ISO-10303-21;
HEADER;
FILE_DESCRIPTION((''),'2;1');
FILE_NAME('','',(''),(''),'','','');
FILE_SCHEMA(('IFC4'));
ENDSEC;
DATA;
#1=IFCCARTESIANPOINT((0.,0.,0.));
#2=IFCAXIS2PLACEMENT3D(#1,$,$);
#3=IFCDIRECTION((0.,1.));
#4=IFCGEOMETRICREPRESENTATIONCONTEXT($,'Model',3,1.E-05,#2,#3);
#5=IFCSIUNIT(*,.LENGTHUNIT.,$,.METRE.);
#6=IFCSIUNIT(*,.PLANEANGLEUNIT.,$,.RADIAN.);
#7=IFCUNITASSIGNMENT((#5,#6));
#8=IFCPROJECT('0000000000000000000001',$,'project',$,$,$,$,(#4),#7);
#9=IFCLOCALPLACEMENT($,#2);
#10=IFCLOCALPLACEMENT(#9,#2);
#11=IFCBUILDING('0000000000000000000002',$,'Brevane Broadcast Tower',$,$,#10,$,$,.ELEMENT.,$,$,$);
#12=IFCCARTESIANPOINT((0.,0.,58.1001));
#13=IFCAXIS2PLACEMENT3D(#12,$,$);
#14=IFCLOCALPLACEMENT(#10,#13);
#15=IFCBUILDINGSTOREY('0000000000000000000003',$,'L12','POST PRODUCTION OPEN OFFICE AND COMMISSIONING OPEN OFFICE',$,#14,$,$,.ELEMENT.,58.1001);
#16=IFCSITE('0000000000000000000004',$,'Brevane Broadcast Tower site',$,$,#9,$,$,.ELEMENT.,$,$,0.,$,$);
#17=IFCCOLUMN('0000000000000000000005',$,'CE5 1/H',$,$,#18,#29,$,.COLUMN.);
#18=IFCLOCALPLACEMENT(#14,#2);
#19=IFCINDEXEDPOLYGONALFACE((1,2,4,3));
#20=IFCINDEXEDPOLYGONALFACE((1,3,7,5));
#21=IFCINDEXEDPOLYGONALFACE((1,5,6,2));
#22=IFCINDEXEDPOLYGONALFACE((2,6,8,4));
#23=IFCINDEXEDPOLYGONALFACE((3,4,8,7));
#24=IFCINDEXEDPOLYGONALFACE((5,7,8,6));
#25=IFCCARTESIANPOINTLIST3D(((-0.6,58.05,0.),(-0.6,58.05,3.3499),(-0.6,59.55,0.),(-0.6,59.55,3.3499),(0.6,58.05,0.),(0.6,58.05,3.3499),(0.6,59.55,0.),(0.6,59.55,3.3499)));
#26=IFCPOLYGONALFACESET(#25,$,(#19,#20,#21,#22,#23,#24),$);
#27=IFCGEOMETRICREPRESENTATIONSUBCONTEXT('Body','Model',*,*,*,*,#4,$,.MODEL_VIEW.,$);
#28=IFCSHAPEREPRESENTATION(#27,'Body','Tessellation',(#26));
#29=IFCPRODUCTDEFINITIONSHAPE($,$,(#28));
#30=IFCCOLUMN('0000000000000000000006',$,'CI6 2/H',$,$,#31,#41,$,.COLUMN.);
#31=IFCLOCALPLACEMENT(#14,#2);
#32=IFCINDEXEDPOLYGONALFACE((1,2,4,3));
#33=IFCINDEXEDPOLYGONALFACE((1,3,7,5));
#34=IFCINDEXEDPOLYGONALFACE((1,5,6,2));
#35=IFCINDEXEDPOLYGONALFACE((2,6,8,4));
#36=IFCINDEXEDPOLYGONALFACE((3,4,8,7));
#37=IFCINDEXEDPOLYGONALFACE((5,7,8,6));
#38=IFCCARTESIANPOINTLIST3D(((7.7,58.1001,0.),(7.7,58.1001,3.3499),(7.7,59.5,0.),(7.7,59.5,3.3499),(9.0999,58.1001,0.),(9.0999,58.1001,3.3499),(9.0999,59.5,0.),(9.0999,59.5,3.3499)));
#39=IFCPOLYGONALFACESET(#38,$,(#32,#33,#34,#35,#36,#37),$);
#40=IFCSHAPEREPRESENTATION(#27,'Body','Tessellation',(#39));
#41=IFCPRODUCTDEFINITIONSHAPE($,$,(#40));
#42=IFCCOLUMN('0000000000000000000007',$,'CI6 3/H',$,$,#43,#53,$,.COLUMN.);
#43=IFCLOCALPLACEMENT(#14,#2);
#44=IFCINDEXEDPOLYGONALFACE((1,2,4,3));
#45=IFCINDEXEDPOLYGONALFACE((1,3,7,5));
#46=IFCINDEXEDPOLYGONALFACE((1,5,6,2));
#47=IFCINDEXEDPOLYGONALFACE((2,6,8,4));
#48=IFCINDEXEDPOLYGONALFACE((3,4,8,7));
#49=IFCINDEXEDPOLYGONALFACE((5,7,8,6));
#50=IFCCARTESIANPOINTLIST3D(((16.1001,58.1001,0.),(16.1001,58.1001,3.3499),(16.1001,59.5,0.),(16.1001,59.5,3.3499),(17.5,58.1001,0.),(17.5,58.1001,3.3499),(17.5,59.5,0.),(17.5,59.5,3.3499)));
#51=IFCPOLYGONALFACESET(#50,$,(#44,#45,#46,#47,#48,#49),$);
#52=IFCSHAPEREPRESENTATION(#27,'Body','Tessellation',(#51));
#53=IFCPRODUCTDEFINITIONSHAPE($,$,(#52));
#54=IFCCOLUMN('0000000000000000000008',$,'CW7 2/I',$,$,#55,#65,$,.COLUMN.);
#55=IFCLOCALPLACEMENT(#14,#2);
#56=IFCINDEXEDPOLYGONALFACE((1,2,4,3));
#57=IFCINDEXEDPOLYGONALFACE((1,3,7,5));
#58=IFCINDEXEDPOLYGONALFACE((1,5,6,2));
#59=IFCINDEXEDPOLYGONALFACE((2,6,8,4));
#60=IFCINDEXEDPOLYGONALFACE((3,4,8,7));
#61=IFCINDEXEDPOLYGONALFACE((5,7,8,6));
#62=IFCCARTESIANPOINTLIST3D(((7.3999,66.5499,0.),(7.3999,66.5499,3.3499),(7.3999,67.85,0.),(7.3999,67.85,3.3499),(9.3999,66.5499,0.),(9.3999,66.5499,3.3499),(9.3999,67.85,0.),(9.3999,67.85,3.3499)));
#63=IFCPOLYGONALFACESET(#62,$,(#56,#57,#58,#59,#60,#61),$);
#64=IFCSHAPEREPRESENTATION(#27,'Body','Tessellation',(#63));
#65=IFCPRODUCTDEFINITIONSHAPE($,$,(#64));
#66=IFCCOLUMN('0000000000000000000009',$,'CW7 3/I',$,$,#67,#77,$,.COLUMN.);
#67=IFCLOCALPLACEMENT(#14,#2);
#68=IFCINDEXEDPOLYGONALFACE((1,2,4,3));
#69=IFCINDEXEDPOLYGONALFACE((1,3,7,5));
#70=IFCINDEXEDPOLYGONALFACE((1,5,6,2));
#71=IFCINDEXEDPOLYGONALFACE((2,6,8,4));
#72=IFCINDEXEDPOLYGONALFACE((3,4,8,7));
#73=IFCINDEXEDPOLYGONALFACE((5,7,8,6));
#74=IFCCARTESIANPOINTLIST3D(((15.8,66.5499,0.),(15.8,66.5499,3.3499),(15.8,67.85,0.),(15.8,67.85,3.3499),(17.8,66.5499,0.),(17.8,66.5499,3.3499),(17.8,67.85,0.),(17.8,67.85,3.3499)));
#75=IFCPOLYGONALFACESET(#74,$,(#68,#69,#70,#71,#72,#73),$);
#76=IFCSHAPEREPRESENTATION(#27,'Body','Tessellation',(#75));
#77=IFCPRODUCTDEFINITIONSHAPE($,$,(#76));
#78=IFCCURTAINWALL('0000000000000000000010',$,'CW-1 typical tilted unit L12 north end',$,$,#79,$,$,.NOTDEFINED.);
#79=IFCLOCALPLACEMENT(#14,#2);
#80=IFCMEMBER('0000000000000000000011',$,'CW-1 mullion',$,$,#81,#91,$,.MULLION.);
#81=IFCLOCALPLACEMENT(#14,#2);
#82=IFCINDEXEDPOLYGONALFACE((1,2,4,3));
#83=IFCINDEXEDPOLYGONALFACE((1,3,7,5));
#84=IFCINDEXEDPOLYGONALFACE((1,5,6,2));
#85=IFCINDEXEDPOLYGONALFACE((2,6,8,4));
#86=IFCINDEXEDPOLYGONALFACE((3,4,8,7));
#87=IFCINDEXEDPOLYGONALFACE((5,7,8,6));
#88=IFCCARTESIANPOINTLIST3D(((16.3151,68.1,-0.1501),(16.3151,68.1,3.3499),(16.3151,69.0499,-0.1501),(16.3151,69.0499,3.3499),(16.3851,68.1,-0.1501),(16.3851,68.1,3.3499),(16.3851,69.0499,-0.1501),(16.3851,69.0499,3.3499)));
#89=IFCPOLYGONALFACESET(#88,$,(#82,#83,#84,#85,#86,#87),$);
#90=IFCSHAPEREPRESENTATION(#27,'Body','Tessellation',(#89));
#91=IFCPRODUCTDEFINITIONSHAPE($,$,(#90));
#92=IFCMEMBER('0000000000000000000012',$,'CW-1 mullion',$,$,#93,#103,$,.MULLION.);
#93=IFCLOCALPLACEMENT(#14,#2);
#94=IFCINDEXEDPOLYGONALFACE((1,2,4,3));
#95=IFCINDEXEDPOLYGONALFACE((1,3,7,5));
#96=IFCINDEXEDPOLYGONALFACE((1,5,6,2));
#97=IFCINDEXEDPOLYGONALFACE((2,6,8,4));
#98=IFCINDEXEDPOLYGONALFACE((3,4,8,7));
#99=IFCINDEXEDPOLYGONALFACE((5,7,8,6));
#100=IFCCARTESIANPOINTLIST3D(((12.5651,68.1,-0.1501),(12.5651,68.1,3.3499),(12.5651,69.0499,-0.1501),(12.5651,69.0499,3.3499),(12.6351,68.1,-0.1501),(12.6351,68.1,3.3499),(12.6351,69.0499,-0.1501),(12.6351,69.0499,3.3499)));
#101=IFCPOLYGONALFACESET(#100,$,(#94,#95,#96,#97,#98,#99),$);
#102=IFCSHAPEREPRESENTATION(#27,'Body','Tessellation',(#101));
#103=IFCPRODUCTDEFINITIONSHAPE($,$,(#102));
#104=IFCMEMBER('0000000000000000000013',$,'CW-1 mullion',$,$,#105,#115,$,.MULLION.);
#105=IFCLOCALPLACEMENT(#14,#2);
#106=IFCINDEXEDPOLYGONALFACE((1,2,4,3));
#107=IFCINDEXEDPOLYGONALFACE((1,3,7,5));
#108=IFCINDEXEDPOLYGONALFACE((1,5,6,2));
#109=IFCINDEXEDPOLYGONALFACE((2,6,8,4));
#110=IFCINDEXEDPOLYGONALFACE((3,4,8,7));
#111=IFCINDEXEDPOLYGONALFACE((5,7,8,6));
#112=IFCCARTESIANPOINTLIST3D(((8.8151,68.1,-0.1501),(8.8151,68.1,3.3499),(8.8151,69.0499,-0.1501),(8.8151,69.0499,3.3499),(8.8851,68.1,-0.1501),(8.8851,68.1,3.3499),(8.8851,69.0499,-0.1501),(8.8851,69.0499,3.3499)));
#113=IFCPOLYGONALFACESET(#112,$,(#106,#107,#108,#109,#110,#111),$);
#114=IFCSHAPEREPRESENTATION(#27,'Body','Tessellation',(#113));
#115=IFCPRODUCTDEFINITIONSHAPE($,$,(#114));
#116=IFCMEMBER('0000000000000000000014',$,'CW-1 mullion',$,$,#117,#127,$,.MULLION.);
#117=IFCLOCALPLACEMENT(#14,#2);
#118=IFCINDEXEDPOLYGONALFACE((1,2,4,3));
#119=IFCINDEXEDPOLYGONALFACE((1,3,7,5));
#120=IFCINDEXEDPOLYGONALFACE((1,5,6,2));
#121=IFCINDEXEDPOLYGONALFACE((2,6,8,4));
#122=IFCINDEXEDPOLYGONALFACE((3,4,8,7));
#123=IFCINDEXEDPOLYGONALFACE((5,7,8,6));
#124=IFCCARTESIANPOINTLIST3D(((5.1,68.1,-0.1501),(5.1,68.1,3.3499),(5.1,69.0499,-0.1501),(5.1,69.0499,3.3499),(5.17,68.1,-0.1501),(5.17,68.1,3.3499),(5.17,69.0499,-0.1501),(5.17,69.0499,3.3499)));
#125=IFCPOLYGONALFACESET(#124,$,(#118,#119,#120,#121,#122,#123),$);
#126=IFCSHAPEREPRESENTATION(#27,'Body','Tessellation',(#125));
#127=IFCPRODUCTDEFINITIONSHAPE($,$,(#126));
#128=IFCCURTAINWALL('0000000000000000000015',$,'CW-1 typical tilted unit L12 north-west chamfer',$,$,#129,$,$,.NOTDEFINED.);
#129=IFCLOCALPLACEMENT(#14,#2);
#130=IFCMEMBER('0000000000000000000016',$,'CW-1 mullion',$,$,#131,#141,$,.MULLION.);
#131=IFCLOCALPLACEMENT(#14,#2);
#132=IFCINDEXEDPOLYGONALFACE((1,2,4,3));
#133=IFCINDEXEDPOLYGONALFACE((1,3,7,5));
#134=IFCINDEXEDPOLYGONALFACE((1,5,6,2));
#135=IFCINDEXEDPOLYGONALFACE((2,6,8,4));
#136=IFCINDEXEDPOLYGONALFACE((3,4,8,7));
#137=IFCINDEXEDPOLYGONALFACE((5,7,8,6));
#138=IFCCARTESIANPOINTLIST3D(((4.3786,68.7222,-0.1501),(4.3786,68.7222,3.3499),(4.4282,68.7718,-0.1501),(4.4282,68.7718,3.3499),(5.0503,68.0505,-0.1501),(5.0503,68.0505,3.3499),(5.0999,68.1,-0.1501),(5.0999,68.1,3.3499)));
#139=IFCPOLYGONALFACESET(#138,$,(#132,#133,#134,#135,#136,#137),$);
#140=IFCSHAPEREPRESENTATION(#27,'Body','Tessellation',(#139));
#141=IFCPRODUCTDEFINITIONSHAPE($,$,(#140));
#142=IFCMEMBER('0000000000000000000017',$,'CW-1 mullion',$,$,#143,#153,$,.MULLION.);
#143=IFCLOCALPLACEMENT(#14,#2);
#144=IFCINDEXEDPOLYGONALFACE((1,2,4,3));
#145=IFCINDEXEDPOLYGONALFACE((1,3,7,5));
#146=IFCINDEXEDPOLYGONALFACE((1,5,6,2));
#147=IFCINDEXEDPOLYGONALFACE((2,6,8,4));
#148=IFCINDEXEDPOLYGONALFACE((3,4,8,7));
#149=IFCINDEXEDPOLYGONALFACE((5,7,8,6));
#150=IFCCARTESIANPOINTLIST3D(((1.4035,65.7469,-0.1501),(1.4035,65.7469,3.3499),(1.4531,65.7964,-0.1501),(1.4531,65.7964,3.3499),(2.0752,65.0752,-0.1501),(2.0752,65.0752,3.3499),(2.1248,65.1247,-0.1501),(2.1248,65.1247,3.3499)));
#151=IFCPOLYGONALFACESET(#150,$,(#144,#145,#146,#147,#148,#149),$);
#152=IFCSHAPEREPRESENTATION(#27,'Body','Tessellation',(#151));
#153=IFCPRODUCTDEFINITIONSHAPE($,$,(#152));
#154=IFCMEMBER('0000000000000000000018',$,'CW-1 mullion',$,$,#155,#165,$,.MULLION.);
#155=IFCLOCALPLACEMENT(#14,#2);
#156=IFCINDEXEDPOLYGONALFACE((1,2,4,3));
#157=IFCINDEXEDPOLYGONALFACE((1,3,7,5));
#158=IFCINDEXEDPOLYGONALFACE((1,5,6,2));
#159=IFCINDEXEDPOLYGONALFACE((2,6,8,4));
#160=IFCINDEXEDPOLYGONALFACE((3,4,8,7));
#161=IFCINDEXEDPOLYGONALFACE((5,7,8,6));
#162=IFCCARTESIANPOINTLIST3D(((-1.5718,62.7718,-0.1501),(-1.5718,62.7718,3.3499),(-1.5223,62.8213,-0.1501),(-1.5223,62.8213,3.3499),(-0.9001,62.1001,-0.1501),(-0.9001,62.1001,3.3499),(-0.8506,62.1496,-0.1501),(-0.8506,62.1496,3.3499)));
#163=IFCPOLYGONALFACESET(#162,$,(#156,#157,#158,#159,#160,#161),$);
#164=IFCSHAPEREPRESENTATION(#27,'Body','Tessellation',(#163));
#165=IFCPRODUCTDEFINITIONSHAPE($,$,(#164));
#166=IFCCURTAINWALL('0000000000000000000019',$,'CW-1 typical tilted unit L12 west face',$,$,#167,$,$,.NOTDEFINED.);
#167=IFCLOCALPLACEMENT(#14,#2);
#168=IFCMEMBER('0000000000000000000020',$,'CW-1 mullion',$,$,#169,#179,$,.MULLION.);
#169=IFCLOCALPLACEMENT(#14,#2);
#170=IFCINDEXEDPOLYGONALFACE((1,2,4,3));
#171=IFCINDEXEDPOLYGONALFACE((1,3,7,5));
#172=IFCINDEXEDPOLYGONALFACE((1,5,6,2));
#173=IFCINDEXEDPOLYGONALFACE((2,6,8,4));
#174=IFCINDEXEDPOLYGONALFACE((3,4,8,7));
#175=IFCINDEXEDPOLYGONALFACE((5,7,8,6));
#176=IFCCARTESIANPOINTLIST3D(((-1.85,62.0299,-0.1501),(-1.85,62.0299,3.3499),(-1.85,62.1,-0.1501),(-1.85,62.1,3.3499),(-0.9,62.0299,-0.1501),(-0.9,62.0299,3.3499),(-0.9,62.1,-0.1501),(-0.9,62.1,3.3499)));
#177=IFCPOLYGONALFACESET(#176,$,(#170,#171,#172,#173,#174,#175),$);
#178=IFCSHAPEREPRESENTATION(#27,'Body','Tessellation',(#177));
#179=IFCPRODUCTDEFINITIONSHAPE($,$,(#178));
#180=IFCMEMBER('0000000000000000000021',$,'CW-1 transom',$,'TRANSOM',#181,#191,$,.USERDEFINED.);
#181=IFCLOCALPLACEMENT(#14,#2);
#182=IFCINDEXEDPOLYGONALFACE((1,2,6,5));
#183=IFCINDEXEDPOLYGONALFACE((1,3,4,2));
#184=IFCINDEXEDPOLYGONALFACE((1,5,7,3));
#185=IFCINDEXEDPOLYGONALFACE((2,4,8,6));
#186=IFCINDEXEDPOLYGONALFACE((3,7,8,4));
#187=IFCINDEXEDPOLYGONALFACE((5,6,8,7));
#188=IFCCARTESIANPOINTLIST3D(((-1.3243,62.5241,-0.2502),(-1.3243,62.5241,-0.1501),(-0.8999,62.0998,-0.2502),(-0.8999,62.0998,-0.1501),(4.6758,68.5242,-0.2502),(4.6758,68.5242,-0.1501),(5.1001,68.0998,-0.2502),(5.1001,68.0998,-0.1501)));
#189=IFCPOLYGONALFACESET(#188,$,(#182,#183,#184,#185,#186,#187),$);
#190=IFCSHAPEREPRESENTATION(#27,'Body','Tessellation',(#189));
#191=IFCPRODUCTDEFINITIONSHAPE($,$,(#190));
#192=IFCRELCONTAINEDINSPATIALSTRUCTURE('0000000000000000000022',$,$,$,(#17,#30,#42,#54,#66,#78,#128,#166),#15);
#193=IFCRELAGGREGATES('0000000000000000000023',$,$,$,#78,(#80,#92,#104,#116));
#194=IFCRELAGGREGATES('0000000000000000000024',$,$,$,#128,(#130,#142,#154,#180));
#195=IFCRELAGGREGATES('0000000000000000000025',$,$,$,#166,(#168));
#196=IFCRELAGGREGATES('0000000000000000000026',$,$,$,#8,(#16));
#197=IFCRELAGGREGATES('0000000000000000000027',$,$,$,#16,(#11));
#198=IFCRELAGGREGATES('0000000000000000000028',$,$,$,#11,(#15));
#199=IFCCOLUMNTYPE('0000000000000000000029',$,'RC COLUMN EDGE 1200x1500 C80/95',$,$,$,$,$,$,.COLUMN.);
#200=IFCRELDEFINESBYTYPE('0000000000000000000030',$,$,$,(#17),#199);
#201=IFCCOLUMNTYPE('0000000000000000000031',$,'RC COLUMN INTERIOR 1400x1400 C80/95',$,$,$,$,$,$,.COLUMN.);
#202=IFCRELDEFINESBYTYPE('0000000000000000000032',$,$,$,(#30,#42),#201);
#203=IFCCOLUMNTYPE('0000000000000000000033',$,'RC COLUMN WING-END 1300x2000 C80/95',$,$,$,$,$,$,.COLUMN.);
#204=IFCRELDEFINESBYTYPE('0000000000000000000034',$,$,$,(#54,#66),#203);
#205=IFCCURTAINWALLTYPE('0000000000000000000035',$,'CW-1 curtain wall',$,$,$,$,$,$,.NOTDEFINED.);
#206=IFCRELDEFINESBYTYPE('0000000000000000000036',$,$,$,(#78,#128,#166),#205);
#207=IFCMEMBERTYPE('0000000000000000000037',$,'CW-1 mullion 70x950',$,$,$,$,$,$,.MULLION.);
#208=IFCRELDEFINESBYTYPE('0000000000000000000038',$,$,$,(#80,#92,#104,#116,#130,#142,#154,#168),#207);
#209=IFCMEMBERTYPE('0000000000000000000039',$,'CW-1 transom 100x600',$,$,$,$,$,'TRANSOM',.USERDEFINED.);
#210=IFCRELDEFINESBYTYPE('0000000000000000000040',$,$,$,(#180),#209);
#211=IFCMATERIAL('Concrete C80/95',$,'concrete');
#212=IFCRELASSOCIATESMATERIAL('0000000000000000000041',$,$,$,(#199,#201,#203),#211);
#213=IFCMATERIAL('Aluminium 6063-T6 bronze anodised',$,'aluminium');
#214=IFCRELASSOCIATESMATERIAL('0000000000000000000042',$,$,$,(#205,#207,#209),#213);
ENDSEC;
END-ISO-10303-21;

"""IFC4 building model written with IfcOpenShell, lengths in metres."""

from ifc_helpers import new_model, si_unit, direction, frame, origin, origin_2d, place, context, subcontext, project, spatial, rectangle, extrude, material, material_profile, profile_set, type_object, element, aggregate, save


model = new_model("IFC4")

# Units and contexts
model_context = context("Model", 3, precision=1e-05, world=origin(), true_north=direction((0.0, 1.0)))
body_context = subcontext(model_context, "Body", "Model", "MODEL_VIEW")
ifc_project = project(units=[si_unit("LENGTHUNIT", "METRE"), si_unit("PLANEANGLEUNIT", "RADIAN")], contexts=[model_context])

# Site, building, storey
site_placement = place(None, origin())
site = spatial("IfcSite", under=ifc_project, at=site_placement, Name="Brevane Broadcast Tower site", CompositionType="ELEMENT", RefElevation=0.0)
building_placement = place(site_placement, origin())
building = spatial("IfcBuilding", under=site, at=building_placement, Name="Brevane Broadcast Tower", CompositionType="ELEMENT")
storey_placement = place(building_placement, frame((0.0, 0.0, 58.1001)))
storey = spatial("IfcBuildingStorey", under=building, at=storey_placement, Name="L12", Description="POST PRODUCTION OPEN OFFICE AND COMMISSIONING OPEN OFFICE", CompositionType="ELEMENT", Elevation=58.1001)

# Columns
ifc_material_1 = material(Name="Concrete C80/95", Category="concrete")
ifc_material_profile_1 = material_profile(ifc_material_1, rectangle(XDim=1.2, YDim=1.5, at=origin_2d()), Name="RC 1200x1500")
ifc_profile_set_1 = profile_set([ifc_material_profile_1], Name="Concrete C80/95")
column_type_1 = type_object("IfcColumnType", Name="RC COLUMN EDGE 1200x1500 C80/95", PredefinedType="COLUMN", material=ifc_profile_set_1)
column_placement = place(storey_placement, frame((0.0, 58.8, 0.0), z_axis=(0.0, 0.0, 1.0), x_axis=(1.0, 0.0, 0.0)))
element("IfcColumn", 1, at=column_placement, inside=storey, type_object=column_type_1, Name="CE5 1/H", PredefinedType="COLUMN", context=body_context, shape_type="SweptSolid", body=[
    extrude(rectangle(XDim=1.2, YDim=1.5, at=origin_2d()), origin(), (0.0, 0.0, 1.0), 3.3499),
])
ifc_material_profile_2 = material_profile(ifc_material_1, rectangle(XDim=1.3999, YDim=1.3999, at=origin_2d()), Name="RC 1400x1400")
ifc_profile_set_2 = profile_set([ifc_material_profile_2], Name="Concrete C80/95")
column_type_2 = type_object("IfcColumnType", Name="RC COLUMN INTERIOR 1400x1400 C80/95", PredefinedType="COLUMN", material=ifc_profile_set_2)
for number, where, z_axis, x_axis, name in (
    (2, (8.3999, 58.8, 0.0), (0.0, 0.0, 1.0), (1.0, 0.0, 0.0), "CI6 2/H"),
    (3, (16.8, 58.8, 0.0), (0.0, 0.0, 1.0), (1.0, 0.0, 0.0), "CI6 3/H"),
):
    element("IfcColumn", number, at=place(storey_placement, frame(where, z_axis=z_axis, x_axis=x_axis)), inside=storey, type_object=column_type_2, Name=name, PredefinedType="COLUMN", context=body_context, shape_type="SweptSolid", body=[
        extrude(rectangle(XDim=1.3999, YDim=1.3999, at=origin_2d()), origin(), (0.0, 0.0, 1.0), 3.3499),
    ])
ifc_material_profile_3 = material_profile(ifc_material_1, rectangle(XDim=1.3, YDim=2.0, at=origin_2d()), Name="RC 1300x2000")
ifc_profile_set_3 = profile_set([ifc_material_profile_3], Name="Concrete C80/95")
column_type_3 = type_object("IfcColumnType", Name="RC COLUMN WING-END 1300x2000 C80/95", PredefinedType="COLUMN", material=ifc_profile_set_3)
for number, where, z_axis, x_axis, name in (
    (4, (8.3999, 67.2, 0.0), (0.0, 0.0, 1.0), (0.0, 1.0, 0.0), "CW7 2/I"),
    (5, (16.8, 67.2, 0.0), (0.0, 0.0, 1.0), (0.0, 1.0, 0.0), "CW7 3/I"),
):
    element("IfcColumn", number, at=place(storey_placement, frame(where, z_axis=z_axis, x_axis=x_axis)), inside=storey, type_object=column_type_3, Name=name, PredefinedType="COLUMN", context=body_context, shape_type="SweptSolid", body=[
        extrude(rectangle(XDim=1.3, YDim=2.0, at=origin_2d()), origin(), (0.0, 0.0, 1.0), 3.3499),
    ])

# Curtain walls, members
ifc_material_2 = material(Name="Aluminium 6063-T6 bronze anodised", Category="aluminium")
curtain_wall_type = type_object("IfcCurtainWallType", Name="CW-1 curtain wall", PredefinedType="NOTDEFINED", material=ifc_material_2)
curtain_wall_1_placement = place(storey_placement, origin())
curtain_wall_1 = element("IfcCurtainWall", 6, at=curtain_wall_1_placement, inside=storey, type_object=curtain_wall_type, Name="CW-1 typical tilted unit L12 north end", PredefinedType="NOTDEFINED")
ifc_material_profile_4 = material_profile(ifc_material_2, rectangle(XDim=0.95, YDim=0.0701, at=origin_2d()), Name="RECT 70x950")
ifc_profile_set_4 = profile_set([ifc_material_profile_4], Name="Aluminium 6063-T6 bronze anodised")
member_type_1 = type_object("IfcMemberType", Name="CW-1 mullion 70x950", PredefinedType="MULLION", material=ifc_profile_set_4)
member_1_placement = place(storey_placement, frame((16.3501, 68.575, -0.1501), z_axis=(0.0, 0.0, 1.0), x_axis=(0.0, -1.0, 0.0)))
member_1 = element("IfcMember", 7, at=member_1_placement, type_object=member_type_1, Name="CW-1 mullion", PredefinedType="MULLION", context=body_context, shape_type="SweptSolid", body=[
    extrude(rectangle(XDim=0.95, YDim=0.0701, at=origin_2d()), origin(), (0.0, 0.0, 1.0), 3.5),
])
member_2_placement = place(storey_placement, frame((12.6001, 68.575, -0.1501), z_axis=(0.0, 0.0, 1.0), x_axis=(0.0, -1.0, 0.0)))
member_2 = element("IfcMember", 8, at=member_2_placement, type_object=member_type_1, Name="CW-1 mullion", PredefinedType="MULLION", context=body_context, shape_type="SweptSolid", body=[
    extrude(rectangle(XDim=0.95, YDim=0.0701, at=origin_2d()), origin(), (0.0, 0.0, 1.0), 3.5),
])
member_3_placement = place(storey_placement, frame((8.8501, 68.575, -0.1501), z_axis=(0.0, 0.0, 1.0), x_axis=(0.0, -1.0, 0.0)))
member_3 = element("IfcMember", 9, at=member_3_placement, type_object=member_type_1, Name="CW-1 mullion", PredefinedType="MULLION", context=body_context, shape_type="SweptSolid", body=[
    extrude(rectangle(XDim=0.95, YDim=0.0701, at=origin_2d()), origin(), (0.0, 0.0, 1.0), 3.5),
])
member_4_placement = place(storey_placement, frame((5.135, 68.575, -0.1501), z_axis=(0.0, 0.0, 1.0), x_axis=(0.0, -1.0, 0.0)))
member_4 = element("IfcMember", 10, at=member_4_placement, type_object=member_type_1, Name="CW-1 mullion", PredefinedType="MULLION", context=body_context, shape_type="SweptSolid", body=[
    extrude(rectangle(XDim=0.95, YDim=0.0701, at=origin_2d()), origin(), (0.0, 0.0, 1.0), 3.5),
])
aggregate(curtain_wall_1, [member_1, member_2, member_3, member_4])
curtain_wall_2_placement = place(storey_placement, origin())
curtain_wall_2 = element("IfcCurtainWall", 11, at=curtain_wall_2_placement, inside=storey, type_object=curtain_wall_type, Name="CW-1 typical tilted unit L12 north-west chamfer", PredefinedType="NOTDEFINED")
member_5_placement = place(storey_placement, frame((4.7393, 68.4111, -0.1501), z_axis=(0.0, 0.0, 1.0), x_axis=(0.707107, -0.707107, 0.0)))
member_5 = element("IfcMember", 12, at=member_5_placement, type_object=member_type_1, Name="CW-1 mullion", PredefinedType="MULLION", context=body_context, shape_type="SweptSolid", body=[
    extrude(rectangle(XDim=0.95, YDim=0.0701, at=origin_2d()), origin(), (0.0, 0.0, 1.0), 3.5),
])
member_6_placement = place(storey_placement, frame((1.7642, 65.4358, -0.1501), z_axis=(0.0, 0.0, 1.0), x_axis=(0.707107, -0.707107, 0.0)))
member_6 = element("IfcMember", 13, at=member_6_placement, type_object=member_type_1, Name="CW-1 mullion", PredefinedType="MULLION", context=body_context, shape_type="SweptSolid", body=[
    extrude(rectangle(XDim=0.95, YDim=0.0701, at=origin_2d()), origin(), (0.0, 0.0, 1.0), 3.5),
])
member_7_placement = place(storey_placement, frame((-1.2112, 62.4607, -0.1501), z_axis=(0.0, 0.0, 1.0), x_axis=(0.707107, -0.707107, 0.0)))
member_7 = element("IfcMember", 14, at=member_7_placement, type_object=member_type_1, Name="CW-1 mullion", PredefinedType="MULLION", context=body_context, shape_type="SweptSolid", body=[
    extrude(rectangle(XDim=0.95, YDim=0.0701, at=origin_2d()), origin(), (0.0, 0.0, 1.0), 3.5),
])

# Curtain wall, member
curtain_wall_3_placement = place(storey_placement, origin())
curtain_wall_3 = element("IfcCurtainWall", 15, at=curtain_wall_3_placement, inside=storey, type_object=curtain_wall_type, Name="CW-1 typical tilted unit L12 west face", PredefinedType="NOTDEFINED")
member_8_placement = place(storey_placement, frame((-1.375, 62.0649, -0.1501), z_axis=(0.0, 0.0, 1.0), x_axis=(1.0, 0.0, 0.0)))
member_8 = element("IfcMember", 16, at=member_8_placement, type_object=member_type_1, Name="CW-1 mullion", PredefinedType="MULLION", context=body_context, shape_type="SweptSolid", body=[
    extrude(rectangle(XDim=0.95, YDim=0.0701, at=origin_2d()), origin(), (0.0, 0.0, 1.0), 3.5),
])

# Member
ifc_material_profile_5 = material_profile(ifc_material_2, rectangle(XDim=0.6001, YDim=0.1001, at=origin_2d()), Name="RECT 100x600")
ifc_profile_set_5 = profile_set([ifc_material_profile_5], Name="Aluminium 6063-T6 bronze anodised")
member_type_2 = type_object("IfcMemberType", Name="CW-1 transom 100x600", ElementType="TRANSOM", PredefinedType="USERDEFINED", material=ifc_profile_set_5)
member_9_placement = place(storey_placement, frame((4.8879, 68.312, -0.2002), z_axis=(-0.707107, -0.707107, 0.0), x_axis=(0.707107, -0.707107, 0.0)))
member_9 = element("IfcMember", 17, at=member_9_placement, type_object=member_type_2, Name="CW-1 transom", ObjectType="TRANSOM", PredefinedType="USERDEFINED", context=body_context, shape_type="SweptSolid", body=[
    extrude(rectangle(XDim=0.6001, YDim=0.1001, at=origin_2d()), origin(), (0.0, 0.0, 1.0), 8.4854),
])
aggregate(curtain_wall_2, [member_5, member_6, member_7, member_9])
aggregate(curtain_wall_3, [member_8])

save(model, "model.ifc")
